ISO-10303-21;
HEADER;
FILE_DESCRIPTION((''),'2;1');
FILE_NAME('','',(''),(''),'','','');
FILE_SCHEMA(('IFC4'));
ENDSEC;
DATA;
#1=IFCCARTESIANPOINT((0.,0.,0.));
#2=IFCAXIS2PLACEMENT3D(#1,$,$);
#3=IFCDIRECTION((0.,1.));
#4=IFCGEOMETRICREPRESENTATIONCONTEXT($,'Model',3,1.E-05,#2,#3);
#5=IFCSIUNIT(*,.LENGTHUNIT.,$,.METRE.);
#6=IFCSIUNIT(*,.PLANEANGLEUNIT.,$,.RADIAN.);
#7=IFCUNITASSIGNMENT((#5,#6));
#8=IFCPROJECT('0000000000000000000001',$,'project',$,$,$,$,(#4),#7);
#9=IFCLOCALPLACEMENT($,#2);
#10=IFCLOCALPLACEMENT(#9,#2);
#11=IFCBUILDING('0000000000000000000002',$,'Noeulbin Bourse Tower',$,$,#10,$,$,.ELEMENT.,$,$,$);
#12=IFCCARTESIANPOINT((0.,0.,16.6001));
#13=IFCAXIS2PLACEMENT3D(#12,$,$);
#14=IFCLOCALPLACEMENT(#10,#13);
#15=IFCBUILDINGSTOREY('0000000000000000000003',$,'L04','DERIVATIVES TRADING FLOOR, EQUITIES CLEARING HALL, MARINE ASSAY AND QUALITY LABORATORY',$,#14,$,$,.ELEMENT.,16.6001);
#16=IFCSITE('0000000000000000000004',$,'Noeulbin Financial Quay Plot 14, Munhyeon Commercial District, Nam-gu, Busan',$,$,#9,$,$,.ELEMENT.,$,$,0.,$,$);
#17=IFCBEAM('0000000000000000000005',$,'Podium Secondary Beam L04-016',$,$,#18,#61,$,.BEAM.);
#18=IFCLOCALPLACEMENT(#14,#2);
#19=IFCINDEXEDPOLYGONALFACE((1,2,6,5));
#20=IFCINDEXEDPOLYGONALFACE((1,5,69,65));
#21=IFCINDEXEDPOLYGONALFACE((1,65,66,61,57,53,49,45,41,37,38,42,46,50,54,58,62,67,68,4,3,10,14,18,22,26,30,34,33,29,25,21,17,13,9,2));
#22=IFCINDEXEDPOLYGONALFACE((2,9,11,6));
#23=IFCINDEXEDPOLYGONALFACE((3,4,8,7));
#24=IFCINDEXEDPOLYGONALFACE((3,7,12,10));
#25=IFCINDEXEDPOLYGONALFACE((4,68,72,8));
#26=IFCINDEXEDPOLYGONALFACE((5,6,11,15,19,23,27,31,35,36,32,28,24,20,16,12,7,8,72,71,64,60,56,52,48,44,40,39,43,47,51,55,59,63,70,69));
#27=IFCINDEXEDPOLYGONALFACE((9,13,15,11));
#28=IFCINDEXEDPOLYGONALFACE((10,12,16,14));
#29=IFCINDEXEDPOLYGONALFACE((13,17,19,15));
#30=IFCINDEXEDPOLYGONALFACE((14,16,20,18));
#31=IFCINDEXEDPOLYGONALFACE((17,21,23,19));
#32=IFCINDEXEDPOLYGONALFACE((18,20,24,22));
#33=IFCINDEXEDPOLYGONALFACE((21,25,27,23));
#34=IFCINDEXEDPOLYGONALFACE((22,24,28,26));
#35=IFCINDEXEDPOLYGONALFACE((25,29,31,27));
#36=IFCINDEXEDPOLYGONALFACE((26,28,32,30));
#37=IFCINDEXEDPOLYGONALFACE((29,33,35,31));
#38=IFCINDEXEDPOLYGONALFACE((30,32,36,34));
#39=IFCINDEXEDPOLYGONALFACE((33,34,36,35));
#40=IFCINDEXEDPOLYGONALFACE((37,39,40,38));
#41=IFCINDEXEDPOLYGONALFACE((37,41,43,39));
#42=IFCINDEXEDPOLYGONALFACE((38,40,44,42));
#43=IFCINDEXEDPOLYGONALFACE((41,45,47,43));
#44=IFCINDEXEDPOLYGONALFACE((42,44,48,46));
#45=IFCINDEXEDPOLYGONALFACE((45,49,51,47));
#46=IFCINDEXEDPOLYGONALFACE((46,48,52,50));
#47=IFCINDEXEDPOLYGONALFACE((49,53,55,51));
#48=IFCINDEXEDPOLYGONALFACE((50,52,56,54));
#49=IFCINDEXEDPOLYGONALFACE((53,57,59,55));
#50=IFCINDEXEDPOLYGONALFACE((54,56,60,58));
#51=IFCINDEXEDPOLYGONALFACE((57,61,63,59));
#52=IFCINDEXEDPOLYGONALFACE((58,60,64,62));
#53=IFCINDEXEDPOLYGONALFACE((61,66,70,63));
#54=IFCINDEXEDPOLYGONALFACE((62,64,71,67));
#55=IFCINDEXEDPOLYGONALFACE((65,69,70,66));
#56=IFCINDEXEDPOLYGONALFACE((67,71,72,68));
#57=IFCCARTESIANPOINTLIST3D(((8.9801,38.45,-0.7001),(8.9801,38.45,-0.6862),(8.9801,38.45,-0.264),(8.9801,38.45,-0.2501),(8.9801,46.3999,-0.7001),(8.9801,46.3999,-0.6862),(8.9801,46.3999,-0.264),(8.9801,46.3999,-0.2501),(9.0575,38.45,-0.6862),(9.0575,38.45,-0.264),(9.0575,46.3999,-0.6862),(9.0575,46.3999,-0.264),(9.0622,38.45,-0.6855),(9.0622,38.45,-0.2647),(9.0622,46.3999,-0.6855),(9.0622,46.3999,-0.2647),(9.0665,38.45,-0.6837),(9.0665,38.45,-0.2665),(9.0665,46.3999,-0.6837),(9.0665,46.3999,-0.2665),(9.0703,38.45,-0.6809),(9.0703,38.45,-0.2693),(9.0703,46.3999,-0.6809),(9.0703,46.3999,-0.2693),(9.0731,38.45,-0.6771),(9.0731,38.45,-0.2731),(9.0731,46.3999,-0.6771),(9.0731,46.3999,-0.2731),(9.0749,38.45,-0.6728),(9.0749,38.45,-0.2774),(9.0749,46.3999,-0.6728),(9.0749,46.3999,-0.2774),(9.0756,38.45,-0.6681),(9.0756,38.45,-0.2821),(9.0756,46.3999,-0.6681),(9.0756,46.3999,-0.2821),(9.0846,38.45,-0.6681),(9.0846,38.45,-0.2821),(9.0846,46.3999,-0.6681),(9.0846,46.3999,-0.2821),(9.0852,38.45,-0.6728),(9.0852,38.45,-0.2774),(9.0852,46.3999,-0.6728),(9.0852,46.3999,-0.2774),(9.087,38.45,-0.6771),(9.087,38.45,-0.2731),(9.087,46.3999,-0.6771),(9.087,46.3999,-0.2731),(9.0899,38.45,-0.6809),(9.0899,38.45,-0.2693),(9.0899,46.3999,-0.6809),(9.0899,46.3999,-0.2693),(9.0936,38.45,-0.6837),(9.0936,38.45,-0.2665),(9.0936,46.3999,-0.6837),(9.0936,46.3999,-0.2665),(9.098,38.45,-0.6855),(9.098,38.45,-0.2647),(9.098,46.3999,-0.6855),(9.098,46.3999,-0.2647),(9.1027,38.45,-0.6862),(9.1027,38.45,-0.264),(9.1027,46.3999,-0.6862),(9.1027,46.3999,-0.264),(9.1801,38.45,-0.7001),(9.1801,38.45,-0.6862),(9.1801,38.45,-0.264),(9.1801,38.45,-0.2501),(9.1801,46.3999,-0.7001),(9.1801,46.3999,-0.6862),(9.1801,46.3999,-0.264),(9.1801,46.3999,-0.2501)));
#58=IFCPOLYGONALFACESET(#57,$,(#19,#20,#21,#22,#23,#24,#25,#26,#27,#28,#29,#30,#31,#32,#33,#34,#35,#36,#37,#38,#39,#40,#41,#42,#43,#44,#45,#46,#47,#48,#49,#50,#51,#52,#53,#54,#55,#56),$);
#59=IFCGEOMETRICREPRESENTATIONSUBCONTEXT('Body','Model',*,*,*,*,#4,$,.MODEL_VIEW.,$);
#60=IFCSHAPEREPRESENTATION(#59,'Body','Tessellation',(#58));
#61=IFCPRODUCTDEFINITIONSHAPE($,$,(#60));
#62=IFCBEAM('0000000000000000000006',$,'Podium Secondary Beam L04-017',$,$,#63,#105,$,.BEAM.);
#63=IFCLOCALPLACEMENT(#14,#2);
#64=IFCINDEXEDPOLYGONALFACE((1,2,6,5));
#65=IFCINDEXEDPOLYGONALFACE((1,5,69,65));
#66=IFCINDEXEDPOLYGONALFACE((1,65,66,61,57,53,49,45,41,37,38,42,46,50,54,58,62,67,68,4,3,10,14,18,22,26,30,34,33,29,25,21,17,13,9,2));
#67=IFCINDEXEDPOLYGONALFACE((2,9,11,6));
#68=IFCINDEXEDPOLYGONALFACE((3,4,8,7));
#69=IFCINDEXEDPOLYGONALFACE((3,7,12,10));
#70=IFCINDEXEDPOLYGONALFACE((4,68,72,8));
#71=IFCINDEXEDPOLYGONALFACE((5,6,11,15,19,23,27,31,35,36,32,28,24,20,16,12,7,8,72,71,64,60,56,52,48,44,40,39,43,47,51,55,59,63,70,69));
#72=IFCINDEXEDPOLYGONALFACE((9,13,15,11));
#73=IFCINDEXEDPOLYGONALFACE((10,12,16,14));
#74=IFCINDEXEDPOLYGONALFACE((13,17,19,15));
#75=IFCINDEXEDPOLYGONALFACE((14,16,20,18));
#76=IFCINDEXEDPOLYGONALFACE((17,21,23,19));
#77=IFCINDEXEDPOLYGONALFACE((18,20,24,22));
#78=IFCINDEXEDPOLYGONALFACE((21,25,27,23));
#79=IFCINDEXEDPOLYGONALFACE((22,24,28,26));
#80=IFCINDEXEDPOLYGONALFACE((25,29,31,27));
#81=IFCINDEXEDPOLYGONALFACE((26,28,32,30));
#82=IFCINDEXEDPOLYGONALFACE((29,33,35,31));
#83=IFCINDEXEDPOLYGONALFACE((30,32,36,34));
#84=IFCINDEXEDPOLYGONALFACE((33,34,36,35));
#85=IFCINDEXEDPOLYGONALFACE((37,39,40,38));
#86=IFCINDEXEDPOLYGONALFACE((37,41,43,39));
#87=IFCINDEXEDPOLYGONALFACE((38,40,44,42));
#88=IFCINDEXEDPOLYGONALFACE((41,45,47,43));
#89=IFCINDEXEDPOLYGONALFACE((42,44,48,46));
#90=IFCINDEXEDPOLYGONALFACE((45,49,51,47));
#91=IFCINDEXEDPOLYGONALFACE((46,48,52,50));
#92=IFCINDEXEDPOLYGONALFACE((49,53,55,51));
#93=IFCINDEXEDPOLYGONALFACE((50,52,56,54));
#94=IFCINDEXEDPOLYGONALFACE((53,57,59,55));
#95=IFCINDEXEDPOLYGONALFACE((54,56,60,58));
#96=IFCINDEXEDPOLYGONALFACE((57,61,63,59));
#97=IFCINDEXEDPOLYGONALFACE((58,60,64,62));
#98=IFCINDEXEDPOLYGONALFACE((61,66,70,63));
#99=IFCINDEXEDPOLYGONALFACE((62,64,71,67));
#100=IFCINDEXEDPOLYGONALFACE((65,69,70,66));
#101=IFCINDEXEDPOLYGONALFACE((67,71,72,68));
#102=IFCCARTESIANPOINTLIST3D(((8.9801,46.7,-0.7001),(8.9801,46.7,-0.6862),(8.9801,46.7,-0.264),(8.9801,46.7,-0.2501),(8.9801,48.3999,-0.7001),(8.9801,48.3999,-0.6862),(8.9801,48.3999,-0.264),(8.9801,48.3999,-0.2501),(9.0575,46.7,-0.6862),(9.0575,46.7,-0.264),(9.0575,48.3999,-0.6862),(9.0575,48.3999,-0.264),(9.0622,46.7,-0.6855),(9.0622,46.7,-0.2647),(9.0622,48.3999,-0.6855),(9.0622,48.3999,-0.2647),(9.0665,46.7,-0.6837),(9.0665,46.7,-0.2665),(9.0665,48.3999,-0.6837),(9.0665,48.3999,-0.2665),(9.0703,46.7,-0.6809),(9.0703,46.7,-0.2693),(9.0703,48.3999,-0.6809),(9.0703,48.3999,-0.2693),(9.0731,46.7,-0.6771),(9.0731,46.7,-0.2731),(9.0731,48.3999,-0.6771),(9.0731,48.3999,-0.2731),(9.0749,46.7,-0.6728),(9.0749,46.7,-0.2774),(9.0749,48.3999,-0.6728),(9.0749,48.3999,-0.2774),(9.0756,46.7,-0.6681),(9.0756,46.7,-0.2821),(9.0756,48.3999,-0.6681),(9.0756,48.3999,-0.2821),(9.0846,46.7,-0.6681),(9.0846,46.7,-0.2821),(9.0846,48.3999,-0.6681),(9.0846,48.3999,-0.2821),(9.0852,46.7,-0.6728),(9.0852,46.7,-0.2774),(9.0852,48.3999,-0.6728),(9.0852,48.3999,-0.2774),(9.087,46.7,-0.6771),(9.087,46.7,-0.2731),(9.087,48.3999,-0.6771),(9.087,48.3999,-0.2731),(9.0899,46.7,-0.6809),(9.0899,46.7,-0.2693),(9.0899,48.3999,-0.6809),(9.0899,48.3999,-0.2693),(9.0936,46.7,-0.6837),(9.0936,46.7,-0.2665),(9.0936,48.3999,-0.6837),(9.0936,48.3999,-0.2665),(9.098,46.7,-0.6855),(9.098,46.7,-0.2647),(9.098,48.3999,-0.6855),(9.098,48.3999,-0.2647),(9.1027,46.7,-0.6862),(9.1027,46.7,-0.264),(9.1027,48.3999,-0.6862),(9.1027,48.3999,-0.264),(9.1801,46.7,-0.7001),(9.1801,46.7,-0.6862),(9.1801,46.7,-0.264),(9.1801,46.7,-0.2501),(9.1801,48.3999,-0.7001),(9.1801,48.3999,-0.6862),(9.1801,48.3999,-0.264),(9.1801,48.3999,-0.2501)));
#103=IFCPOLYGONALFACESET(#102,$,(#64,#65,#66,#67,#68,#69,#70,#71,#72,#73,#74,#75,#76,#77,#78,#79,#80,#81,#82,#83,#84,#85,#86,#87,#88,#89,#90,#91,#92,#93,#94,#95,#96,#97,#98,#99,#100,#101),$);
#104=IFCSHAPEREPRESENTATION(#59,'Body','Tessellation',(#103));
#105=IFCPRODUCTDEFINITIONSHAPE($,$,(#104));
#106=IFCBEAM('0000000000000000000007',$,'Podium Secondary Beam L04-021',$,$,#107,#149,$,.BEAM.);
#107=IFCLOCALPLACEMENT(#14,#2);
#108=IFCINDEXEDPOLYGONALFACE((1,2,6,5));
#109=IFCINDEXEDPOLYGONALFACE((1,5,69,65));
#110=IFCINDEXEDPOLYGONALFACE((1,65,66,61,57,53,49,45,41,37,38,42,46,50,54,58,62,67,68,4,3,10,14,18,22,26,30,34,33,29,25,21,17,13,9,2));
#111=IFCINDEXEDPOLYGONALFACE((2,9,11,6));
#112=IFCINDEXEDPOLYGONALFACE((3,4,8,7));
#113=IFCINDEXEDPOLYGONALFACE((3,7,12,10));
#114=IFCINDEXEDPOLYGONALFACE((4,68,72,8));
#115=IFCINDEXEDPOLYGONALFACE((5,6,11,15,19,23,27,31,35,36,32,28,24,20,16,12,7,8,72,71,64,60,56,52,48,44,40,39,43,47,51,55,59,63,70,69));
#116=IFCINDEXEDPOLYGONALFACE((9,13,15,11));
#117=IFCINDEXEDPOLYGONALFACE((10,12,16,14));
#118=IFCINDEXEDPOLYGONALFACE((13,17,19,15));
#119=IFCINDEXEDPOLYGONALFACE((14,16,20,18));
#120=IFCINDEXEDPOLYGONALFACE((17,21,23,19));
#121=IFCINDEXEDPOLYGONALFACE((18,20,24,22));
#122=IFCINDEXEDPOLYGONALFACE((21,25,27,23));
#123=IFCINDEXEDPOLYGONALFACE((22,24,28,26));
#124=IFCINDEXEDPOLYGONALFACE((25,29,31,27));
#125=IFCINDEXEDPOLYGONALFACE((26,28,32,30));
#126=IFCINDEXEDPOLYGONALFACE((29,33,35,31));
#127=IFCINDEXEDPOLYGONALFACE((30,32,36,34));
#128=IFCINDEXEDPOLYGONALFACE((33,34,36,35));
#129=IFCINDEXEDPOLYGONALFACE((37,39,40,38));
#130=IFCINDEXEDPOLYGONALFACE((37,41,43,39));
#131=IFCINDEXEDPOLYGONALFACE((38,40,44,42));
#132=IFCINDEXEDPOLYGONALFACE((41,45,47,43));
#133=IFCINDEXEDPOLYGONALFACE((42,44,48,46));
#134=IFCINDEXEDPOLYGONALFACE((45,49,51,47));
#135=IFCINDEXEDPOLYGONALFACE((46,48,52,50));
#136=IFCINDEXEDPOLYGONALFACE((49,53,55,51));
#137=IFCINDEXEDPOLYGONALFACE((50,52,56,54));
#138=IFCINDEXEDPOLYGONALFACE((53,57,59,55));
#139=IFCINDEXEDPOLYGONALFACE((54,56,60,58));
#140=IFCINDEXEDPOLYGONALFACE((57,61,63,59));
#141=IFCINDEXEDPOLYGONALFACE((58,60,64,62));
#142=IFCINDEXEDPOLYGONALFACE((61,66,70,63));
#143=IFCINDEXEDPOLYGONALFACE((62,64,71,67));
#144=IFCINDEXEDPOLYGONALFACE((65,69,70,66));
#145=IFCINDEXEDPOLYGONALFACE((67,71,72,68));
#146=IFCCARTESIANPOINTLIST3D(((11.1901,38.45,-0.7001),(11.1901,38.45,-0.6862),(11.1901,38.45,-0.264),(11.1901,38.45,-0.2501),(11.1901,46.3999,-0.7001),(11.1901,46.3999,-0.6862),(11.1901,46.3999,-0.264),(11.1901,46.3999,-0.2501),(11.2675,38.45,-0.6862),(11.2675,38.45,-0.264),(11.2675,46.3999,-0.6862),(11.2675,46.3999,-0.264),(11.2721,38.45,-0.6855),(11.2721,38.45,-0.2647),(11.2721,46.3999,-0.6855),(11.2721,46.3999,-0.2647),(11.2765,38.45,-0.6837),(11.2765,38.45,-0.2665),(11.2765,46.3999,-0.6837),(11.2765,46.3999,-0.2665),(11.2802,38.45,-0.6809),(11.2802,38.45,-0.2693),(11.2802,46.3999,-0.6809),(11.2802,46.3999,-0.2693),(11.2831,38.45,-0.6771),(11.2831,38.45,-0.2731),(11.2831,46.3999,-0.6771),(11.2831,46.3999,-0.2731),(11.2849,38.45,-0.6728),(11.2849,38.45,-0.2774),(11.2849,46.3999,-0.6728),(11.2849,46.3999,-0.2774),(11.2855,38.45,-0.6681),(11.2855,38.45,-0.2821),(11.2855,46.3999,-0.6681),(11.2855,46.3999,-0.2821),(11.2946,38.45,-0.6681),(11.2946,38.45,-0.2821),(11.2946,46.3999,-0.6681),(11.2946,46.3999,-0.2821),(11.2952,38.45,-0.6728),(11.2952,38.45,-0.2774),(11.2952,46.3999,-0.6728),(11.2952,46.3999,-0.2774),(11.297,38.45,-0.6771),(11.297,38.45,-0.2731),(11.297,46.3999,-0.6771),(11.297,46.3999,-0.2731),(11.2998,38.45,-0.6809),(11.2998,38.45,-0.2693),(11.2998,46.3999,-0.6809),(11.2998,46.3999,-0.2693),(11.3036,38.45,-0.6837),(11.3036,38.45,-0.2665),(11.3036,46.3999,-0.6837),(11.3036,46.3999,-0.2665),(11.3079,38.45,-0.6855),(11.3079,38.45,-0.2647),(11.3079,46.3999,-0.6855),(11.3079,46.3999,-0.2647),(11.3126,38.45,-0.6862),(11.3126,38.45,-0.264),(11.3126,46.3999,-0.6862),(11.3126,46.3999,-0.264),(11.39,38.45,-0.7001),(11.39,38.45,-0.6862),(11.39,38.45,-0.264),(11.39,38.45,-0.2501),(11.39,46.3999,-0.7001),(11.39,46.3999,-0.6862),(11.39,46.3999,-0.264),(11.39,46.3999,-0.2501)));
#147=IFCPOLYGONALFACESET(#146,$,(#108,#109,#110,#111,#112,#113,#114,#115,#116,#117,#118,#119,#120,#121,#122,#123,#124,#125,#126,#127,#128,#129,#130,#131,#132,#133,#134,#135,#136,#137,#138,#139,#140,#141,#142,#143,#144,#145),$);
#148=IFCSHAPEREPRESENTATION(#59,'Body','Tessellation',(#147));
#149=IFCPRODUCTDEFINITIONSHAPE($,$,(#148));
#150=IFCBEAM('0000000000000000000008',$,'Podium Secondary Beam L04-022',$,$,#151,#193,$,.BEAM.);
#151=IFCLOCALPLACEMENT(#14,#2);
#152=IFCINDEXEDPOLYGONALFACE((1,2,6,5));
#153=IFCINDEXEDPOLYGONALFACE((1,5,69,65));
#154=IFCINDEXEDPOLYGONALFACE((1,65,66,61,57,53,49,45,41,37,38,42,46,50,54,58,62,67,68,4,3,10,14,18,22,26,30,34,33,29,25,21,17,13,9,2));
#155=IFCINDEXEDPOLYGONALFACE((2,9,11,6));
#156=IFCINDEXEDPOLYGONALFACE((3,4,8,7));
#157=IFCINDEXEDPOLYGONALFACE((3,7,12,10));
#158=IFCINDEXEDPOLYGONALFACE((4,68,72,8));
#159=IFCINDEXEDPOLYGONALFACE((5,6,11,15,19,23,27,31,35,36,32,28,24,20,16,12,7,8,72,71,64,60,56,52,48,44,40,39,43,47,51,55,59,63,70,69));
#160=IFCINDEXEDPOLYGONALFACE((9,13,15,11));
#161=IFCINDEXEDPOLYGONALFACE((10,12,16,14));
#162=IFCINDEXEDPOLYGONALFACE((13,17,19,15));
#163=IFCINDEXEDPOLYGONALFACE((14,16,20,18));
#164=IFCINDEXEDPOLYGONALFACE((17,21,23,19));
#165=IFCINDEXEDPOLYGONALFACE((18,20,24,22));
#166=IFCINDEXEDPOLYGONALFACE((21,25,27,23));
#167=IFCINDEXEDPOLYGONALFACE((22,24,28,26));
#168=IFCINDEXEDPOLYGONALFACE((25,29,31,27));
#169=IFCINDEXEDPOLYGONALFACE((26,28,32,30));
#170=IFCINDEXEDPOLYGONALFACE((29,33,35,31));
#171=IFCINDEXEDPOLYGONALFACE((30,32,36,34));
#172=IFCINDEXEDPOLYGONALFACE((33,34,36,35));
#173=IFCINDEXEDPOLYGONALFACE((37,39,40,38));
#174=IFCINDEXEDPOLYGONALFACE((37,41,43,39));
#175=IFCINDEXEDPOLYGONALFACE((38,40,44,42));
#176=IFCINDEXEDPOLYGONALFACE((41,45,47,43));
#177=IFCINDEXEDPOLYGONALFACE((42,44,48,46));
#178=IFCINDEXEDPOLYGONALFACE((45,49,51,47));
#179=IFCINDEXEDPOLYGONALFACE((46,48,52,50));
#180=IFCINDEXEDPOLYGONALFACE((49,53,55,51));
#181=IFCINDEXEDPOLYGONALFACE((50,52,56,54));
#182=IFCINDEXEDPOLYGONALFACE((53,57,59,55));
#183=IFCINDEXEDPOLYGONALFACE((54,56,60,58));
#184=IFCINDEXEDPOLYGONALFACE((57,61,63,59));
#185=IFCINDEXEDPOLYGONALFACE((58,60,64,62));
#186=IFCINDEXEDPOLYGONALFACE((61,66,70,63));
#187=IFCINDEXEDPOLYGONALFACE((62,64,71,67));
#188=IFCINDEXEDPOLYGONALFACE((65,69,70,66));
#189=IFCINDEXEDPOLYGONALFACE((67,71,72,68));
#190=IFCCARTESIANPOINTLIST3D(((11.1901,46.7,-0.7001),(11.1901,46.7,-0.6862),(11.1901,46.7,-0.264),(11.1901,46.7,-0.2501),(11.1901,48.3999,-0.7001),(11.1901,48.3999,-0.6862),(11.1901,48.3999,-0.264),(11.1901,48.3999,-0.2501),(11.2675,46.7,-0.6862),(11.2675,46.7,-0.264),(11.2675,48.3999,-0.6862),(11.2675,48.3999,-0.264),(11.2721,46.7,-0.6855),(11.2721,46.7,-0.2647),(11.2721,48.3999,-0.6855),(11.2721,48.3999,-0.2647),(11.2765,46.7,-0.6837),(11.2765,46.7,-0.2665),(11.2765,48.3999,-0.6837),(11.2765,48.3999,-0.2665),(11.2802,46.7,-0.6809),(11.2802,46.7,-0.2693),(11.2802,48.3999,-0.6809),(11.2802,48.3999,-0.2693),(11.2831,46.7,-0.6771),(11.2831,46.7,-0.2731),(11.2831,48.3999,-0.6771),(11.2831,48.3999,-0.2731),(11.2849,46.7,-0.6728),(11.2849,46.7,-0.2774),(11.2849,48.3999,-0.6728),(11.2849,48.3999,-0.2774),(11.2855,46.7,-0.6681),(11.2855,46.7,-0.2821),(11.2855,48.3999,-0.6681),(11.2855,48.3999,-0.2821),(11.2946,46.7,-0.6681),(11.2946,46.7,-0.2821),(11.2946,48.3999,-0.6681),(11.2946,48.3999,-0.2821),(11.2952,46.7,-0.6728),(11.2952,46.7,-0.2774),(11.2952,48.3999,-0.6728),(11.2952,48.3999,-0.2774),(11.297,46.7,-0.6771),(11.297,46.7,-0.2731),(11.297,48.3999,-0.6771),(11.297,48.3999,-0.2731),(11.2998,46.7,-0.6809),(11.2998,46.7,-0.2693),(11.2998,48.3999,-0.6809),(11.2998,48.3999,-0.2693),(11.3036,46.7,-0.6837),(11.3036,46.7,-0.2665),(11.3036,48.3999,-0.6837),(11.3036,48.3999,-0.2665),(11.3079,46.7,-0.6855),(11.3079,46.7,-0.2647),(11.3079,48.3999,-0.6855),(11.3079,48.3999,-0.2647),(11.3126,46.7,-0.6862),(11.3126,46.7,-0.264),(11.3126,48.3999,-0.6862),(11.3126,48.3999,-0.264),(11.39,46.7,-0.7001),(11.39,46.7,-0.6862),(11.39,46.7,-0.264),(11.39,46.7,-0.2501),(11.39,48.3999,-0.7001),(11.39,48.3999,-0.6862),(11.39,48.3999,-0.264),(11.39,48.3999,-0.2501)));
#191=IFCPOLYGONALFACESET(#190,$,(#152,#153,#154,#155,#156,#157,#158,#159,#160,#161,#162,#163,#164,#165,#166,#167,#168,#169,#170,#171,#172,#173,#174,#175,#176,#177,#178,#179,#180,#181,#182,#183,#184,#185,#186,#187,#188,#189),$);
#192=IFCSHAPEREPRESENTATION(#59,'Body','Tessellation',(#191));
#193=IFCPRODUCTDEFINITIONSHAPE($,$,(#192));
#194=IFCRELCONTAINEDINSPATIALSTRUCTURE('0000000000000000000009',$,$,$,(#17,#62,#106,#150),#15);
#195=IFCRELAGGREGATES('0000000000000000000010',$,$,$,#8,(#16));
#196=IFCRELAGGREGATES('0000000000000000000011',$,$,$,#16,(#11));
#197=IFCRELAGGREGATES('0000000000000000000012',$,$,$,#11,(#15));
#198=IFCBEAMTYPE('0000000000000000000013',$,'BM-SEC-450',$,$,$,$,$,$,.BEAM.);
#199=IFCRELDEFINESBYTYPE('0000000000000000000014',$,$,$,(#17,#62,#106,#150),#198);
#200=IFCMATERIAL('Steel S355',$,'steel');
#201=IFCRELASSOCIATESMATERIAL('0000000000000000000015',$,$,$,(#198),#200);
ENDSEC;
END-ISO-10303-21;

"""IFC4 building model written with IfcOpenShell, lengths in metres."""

from ifc_helpers import new_model, si_unit, direction, frame, origin, origin_2d, place, context, subcontext, project, spatial, i_section, extrude, material, material_profile, profile_set, type_object, element, save


model = new_model("IFC4")

# Units and contexts
model_context = context("Model", 3, precision=1e-05, world=origin(), true_north=direction((0.0, 1.0)))
body_context = subcontext(model_context, "Body", "Model", "MODEL_VIEW")
ifc_project = project(units=[si_unit("LENGTHUNIT", "METRE"), si_unit("PLANEANGLEUNIT", "RADIAN")], contexts=[model_context])

# Site, building, storey
site_placement = place(None, origin())
site = spatial("IfcSite", under=ifc_project, at=site_placement, Name="Noeulbin Financial Quay Plot 14, Munhyeon Commercial District, Nam-gu, Busan", CompositionType="ELEMENT", RefElevation=0.0)
building_placement = place(site_placement, origin())
building = spatial("IfcBuilding", under=site, at=building_placement, Name="Noeulbin Bourse Tower", CompositionType="ELEMENT")
storey_placement = place(building_placement, frame((0.0, 0.0, 16.6001)))
storey = spatial("IfcBuildingStorey", under=building, at=storey_placement, Name="L04", Description="DERIVATIVES TRADING FLOOR, EQUITIES CLEARING HALL, MARINE ASSAY AND QUALITY LABORATORY", CompositionType="ELEMENT", Elevation=16.6001)

# Beams
ifc_material_1 = material(Name="Steel S355", Category="steel")
ifc_material_profile_1 = material_profile(ifc_material_1, i_section(OverallWidth=0.2, OverallDepth=0.45, WebThickness=0.009, FlangeThickness=0.0139, FilletRadius=0.0181, at=origin_2d()), Name="H-450x200x9x14", Category="LoadBearing")
ifc_profile_set_1 = profile_set([ifc_material_profile_1], Name="Steel S355")
beam_type_1 = type_object("IfcBeamType", Name="BM-SEC-450", PredefinedType="BEAM", material=ifc_profile_set_1)
beam_1_placement = place(storey_placement, frame((9.0801, 38.45, -0.4751), z_axis=(0.0, 1.0, 0.0), x_axis=(-1.0, 0.0, 0.0)))
element("IfcBeam", 1, at=beam_1_placement, inside=storey, type_object=beam_type_1, Name="Podium Secondary Beam L04-016", PredefinedType="BEAM", context=body_context, shape_type="SweptSolid", body=[
    extrude(i_section(OverallWidth=0.2, OverallDepth=0.45, WebThickness=0.009, FlangeThickness=0.0139, FilletRadius=0.0181, at=origin_2d()), origin(), (0.0, 0.0, 1.0), 7.95),
])
beam_2_placement = place(storey_placement, frame((9.0801, 46.7, -0.4751), z_axis=(0.0, 1.0, 0.0), x_axis=(-1.0, 0.0, 0.0)))
element("IfcBeam", 2, at=beam_2_placement, inside=storey, type_object=beam_type_1, Name="Podium Secondary Beam L04-017", PredefinedType="BEAM", context=body_context, shape_type="SweptSolid", body=[
    extrude(i_section(OverallWidth=0.2, OverallDepth=0.45, WebThickness=0.009, FlangeThickness=0.0139, FilletRadius=0.0181, at=origin_2d()), origin(), (0.0, 0.0, 1.0), 1.7),
])
beam_3_placement = place(storey_placement, frame((11.29, 38.45, -0.4751), z_axis=(0.0, 1.0, 0.0), x_axis=(-1.0, 0.0, 0.0)))
element("IfcBeam", 3, at=beam_3_placement, inside=storey, type_object=beam_type_1, Name="Podium Secondary Beam L04-021", PredefinedType="BEAM", context=body_context, shape_type="SweptSolid", body=[
    extrude(i_section(OverallWidth=0.2, OverallDepth=0.45, WebThickness=0.009, FlangeThickness=0.0139, FilletRadius=0.0181, at=origin_2d()), origin(), (0.0, 0.0, 1.0), 7.95),
])
beam_4_placement = place(storey_placement, frame((11.29, 46.7, -0.4751), z_axis=(0.0, 1.0, 0.0), x_axis=(-1.0, 0.0, 0.0)))
element("IfcBeam", 4, at=beam_4_placement, inside=storey, type_object=beam_type_1, Name="Podium Secondary Beam L04-022", PredefinedType="BEAM", context=body_context, shape_type="SweptSolid", body=[
    extrude(i_section(OverallWidth=0.2, OverallDepth=0.45, WebThickness=0.009, FlangeThickness=0.0139, FilletRadius=0.0181, at=origin_2d()), origin(), (0.0, 0.0, 1.0), 1.7),
])

save(model, "model.ifc")
